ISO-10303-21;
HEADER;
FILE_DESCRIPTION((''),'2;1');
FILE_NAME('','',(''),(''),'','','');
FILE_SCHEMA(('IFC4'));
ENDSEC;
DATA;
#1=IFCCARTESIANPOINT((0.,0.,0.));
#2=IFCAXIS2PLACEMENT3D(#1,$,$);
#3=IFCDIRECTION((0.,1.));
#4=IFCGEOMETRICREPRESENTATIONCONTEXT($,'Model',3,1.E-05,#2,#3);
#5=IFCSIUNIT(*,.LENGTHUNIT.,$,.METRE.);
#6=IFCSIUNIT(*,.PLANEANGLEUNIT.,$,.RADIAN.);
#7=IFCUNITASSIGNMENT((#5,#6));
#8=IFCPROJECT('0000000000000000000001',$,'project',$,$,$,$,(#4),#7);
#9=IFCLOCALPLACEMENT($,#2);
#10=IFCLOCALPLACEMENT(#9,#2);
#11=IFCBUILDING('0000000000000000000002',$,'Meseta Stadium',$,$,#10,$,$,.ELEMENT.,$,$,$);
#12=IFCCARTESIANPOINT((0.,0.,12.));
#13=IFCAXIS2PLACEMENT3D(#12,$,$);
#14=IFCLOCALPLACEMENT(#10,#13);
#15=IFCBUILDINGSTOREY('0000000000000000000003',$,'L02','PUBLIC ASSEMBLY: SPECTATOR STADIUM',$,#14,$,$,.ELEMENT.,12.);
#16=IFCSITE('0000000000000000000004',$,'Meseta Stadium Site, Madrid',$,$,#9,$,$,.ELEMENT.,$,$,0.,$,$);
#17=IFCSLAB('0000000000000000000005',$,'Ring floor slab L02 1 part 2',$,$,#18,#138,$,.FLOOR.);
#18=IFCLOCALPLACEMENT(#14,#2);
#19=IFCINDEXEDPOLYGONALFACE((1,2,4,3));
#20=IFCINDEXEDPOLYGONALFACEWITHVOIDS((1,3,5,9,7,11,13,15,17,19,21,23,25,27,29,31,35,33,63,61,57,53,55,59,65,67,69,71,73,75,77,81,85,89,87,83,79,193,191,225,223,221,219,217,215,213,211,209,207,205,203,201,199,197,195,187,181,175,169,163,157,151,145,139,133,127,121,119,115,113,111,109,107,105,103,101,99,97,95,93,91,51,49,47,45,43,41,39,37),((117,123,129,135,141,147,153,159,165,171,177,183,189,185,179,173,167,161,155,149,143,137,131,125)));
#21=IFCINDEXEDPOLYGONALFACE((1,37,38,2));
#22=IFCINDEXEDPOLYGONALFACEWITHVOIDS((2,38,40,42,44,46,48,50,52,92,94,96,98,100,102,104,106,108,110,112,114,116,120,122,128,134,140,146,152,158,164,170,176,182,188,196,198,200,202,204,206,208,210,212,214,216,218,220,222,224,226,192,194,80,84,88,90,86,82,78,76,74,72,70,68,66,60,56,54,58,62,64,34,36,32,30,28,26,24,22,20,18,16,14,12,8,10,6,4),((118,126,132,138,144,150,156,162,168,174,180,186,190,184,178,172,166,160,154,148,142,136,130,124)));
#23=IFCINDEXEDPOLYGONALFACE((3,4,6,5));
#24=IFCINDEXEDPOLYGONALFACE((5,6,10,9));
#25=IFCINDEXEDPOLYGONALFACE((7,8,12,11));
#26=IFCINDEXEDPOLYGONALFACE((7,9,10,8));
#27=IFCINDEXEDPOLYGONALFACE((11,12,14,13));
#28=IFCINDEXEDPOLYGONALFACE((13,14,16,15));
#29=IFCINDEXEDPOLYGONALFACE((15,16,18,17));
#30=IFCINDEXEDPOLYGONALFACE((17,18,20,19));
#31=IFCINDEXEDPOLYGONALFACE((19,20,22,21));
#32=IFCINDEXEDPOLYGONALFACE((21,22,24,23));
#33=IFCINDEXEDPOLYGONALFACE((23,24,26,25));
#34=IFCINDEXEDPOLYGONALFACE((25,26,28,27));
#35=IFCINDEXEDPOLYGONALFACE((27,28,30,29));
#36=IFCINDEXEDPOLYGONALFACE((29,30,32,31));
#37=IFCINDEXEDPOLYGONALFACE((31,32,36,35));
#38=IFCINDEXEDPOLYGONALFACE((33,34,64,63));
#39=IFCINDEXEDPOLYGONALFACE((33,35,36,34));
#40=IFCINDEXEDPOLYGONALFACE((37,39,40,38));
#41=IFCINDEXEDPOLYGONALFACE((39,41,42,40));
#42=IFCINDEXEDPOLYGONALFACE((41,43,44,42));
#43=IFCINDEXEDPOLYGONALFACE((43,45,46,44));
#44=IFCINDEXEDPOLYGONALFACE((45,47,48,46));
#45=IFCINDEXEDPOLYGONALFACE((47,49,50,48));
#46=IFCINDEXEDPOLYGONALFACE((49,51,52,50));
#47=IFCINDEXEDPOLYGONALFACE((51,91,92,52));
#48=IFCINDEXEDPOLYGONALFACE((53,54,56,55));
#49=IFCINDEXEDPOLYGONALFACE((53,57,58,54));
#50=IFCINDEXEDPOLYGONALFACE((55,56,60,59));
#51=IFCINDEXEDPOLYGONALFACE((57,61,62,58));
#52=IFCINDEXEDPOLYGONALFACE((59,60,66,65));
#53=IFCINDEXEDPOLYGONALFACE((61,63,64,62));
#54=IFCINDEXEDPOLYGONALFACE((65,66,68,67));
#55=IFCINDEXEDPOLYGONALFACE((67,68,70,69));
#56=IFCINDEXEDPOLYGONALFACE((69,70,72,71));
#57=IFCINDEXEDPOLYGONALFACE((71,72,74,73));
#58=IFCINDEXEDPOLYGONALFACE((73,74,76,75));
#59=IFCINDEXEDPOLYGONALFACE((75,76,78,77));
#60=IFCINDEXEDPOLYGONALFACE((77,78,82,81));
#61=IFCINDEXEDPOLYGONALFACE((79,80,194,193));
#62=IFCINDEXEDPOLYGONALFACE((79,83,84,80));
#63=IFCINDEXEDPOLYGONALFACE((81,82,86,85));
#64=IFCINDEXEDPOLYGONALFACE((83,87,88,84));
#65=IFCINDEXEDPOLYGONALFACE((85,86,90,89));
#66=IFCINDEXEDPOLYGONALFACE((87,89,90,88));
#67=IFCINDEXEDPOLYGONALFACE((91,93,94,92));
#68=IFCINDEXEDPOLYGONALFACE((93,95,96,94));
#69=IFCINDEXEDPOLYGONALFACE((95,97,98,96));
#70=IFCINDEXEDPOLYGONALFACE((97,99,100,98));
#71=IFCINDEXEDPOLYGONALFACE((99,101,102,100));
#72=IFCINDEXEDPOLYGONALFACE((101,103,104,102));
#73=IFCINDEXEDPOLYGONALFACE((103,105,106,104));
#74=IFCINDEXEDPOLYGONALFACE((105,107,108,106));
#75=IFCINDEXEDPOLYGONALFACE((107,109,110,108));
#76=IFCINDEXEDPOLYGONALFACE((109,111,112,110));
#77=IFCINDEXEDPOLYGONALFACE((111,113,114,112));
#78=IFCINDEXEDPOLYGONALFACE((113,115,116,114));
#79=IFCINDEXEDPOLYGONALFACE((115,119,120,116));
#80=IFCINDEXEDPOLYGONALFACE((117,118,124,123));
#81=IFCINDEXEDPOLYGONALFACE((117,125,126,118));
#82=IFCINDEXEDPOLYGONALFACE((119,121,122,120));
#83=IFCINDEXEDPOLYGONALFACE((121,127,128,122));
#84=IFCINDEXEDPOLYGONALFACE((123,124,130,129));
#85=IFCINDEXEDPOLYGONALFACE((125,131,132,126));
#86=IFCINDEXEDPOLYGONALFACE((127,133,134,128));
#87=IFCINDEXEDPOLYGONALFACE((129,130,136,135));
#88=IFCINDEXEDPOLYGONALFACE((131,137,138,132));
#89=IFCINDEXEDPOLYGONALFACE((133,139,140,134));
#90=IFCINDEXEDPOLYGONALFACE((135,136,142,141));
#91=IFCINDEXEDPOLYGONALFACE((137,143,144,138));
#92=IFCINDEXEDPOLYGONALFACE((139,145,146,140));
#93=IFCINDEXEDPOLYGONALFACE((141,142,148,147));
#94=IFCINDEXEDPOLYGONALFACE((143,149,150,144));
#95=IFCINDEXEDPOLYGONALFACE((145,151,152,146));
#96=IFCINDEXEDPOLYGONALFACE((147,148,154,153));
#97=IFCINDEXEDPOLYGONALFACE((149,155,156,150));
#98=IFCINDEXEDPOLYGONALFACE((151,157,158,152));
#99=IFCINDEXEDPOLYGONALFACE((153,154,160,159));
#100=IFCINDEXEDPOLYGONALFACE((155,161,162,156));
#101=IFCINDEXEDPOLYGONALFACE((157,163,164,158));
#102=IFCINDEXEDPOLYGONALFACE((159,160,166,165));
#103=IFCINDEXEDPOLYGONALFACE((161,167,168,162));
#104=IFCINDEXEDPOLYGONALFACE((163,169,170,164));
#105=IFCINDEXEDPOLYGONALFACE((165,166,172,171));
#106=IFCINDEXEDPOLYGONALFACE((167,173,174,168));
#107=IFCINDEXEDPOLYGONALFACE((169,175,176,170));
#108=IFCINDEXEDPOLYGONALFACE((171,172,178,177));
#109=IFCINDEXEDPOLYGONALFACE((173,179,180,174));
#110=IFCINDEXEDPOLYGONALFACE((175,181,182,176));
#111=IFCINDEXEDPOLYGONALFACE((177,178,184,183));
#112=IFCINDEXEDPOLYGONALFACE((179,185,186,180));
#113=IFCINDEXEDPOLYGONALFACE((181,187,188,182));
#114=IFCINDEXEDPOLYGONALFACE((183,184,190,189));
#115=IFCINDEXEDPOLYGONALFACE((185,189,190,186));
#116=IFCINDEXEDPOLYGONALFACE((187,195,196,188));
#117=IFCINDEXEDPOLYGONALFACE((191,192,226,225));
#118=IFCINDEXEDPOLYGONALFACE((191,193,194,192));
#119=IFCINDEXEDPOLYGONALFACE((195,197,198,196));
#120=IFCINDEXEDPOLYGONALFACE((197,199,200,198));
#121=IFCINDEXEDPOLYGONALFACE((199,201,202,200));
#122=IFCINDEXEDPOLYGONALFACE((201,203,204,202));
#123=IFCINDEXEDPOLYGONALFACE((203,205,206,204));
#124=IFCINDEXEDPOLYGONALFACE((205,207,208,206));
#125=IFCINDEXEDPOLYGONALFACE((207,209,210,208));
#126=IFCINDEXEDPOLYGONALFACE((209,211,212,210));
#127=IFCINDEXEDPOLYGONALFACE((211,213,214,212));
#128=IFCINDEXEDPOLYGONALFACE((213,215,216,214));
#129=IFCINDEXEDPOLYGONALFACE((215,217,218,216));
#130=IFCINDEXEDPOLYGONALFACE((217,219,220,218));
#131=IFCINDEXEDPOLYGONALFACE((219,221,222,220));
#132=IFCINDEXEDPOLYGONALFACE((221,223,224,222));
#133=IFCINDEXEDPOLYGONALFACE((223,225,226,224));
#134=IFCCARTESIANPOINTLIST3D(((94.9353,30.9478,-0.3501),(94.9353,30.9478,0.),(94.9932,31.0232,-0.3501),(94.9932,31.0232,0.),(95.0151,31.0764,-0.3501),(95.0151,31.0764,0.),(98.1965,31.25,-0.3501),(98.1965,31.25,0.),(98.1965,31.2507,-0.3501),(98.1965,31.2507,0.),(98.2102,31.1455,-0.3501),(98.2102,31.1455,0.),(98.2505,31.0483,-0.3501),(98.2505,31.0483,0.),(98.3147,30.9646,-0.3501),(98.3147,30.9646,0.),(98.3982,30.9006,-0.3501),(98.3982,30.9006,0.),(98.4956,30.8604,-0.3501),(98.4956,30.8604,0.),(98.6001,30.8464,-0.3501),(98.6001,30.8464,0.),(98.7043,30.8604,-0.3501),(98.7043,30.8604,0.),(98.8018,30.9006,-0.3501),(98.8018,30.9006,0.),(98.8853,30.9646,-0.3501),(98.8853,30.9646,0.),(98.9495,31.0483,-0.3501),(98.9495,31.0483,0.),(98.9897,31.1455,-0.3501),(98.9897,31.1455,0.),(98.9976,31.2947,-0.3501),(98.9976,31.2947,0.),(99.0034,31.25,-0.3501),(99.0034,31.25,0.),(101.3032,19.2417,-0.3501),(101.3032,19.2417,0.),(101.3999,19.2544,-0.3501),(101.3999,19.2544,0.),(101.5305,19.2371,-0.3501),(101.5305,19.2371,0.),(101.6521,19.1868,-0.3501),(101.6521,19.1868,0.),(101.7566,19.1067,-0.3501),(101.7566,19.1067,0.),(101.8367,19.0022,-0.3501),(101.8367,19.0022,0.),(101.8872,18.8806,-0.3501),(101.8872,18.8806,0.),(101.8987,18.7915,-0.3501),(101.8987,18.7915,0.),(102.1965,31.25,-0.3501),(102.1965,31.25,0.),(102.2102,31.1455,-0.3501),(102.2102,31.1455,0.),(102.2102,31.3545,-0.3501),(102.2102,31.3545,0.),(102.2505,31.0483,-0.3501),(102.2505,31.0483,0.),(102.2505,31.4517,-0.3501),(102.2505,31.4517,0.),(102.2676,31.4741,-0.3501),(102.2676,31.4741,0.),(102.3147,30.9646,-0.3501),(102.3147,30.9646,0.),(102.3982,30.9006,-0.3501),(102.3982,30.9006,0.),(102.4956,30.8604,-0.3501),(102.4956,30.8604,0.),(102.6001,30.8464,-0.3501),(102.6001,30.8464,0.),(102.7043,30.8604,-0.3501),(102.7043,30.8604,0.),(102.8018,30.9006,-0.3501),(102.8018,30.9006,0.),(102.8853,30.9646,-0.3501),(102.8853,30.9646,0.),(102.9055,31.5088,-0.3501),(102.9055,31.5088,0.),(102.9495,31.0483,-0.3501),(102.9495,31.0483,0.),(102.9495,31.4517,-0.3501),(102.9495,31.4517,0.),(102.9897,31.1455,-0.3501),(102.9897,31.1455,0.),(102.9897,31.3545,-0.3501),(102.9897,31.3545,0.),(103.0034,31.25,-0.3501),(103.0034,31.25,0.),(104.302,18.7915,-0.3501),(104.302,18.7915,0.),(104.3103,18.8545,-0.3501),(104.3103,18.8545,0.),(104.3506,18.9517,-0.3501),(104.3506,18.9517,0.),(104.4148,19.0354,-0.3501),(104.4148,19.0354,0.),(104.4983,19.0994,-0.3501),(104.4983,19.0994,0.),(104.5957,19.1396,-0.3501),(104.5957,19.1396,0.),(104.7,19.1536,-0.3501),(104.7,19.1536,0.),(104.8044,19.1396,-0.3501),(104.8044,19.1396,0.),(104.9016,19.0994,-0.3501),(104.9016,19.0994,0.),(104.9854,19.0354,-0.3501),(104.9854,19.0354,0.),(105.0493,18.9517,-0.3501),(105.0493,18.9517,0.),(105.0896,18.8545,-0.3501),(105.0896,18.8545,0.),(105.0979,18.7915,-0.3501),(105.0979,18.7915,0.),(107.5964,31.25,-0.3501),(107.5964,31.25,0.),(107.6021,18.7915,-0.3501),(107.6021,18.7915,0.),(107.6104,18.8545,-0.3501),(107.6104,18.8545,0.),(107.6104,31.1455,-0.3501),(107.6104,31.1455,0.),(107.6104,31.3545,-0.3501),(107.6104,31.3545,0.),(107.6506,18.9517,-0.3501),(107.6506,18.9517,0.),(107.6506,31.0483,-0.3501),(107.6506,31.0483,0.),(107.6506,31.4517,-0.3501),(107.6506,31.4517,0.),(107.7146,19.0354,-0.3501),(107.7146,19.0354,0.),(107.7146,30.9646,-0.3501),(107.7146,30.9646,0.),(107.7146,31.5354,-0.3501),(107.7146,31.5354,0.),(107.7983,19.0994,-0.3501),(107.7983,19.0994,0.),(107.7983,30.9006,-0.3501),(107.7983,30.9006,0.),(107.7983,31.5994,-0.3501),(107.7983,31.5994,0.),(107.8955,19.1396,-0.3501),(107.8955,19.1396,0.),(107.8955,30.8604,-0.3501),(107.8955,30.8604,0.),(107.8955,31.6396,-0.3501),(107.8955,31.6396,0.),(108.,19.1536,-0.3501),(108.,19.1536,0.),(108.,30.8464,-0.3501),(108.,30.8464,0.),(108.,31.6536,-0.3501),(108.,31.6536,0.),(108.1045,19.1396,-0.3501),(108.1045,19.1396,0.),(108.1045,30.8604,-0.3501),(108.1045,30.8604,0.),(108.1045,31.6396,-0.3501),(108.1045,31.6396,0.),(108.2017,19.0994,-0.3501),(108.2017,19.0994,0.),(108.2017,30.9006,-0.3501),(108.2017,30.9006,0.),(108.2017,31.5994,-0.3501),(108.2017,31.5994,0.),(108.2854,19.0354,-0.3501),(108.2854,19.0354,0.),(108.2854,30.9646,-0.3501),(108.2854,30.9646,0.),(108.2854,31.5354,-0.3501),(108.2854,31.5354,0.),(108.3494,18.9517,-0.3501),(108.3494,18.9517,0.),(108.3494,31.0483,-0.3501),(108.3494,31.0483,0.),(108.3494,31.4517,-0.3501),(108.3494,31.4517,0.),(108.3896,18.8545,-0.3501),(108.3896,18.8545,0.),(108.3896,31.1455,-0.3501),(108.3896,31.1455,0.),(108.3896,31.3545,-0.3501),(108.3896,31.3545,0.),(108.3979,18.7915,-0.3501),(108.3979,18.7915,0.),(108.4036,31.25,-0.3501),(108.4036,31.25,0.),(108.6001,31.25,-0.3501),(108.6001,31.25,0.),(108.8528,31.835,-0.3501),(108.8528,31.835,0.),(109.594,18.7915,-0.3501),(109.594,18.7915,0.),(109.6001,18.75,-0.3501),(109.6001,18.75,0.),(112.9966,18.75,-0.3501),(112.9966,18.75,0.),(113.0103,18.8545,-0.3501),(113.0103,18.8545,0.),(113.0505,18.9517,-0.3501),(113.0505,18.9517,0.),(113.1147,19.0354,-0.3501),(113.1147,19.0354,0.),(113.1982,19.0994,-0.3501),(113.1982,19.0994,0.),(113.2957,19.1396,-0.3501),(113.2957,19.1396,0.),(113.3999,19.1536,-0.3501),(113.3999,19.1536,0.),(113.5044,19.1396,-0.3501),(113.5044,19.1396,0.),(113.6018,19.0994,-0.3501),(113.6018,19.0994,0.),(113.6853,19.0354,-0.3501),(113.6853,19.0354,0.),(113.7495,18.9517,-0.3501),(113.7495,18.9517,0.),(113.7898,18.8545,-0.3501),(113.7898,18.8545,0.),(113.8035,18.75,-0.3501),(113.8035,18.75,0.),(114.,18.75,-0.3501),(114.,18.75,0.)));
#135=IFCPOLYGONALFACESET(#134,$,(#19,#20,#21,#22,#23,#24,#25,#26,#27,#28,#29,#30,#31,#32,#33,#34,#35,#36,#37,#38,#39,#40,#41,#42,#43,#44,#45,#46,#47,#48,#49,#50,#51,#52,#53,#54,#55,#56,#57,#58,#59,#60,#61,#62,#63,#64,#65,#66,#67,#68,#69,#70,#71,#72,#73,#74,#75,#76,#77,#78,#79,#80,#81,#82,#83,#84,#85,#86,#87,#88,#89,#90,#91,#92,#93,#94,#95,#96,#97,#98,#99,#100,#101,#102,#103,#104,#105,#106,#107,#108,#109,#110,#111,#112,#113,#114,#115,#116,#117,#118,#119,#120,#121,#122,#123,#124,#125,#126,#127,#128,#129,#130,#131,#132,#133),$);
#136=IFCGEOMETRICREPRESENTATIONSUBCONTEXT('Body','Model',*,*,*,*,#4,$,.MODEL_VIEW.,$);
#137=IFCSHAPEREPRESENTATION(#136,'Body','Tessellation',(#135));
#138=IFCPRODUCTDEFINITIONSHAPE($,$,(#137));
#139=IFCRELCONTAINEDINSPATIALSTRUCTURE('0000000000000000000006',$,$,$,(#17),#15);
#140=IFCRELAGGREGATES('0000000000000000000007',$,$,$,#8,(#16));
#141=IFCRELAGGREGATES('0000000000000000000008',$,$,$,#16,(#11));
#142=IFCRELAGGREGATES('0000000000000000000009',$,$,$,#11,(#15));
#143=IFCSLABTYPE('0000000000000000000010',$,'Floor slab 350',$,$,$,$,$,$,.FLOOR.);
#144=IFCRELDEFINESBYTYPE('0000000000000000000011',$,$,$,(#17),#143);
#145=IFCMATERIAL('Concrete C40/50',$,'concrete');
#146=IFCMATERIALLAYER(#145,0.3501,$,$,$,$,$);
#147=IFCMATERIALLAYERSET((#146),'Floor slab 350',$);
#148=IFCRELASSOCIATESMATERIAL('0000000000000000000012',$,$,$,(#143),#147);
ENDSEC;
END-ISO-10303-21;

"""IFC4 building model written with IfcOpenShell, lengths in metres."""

from ifc_helpers import new_model, si_unit, direction, frame, origin, place, context, subcontext, project, spatial, polyline, outline, extrude, material, layer, layer_set, type_object, element, save


model = new_model("IFC4")

# Units and contexts
model_context = context("Model", 3, precision=1e-05, world=origin(), true_north=direction((0.0, 1.0)))
body_context = subcontext(model_context, "Body", "Model", "MODEL_VIEW")
ifc_project = project(units=[si_unit("LENGTHUNIT", "METRE"), si_unit("PLANEANGLEUNIT", "RADIAN")], contexts=[model_context])

# Site, building, storey
site_placement = place(None, origin())
site = spatial("IfcSite", under=ifc_project, at=site_placement, Name="Meseta Stadium Site, Madrid", CompositionType="ELEMENT", RefElevation=0.0)
building_placement = place(site_placement, origin())
building = spatial("IfcBuilding", under=site, at=building_placement, Name="Meseta Stadium", CompositionType="ELEMENT")
storey_placement = place(building_placement, frame((0.0, 0.0, 12.0)))
storey = spatial("IfcBuildingStorey", under=building, at=storey_placement, Name="L02", Description="PUBLIC ASSEMBLY: SPECTATOR STADIUM", CompositionType="ELEMENT", Elevation=12.0)

# Slab
ifc_material_1 = material(Name="Concrete C40/50", Category="concrete")
ifc_layer_1 = layer(ifc_material_1, 0.3501)
ifc_layer_set_1 = layer_set([ifc_layer_1], Name="Floor slab 350")
slab_type_1 = type_object("IfcSlabType", Name="Floor slab 350", PredefinedType="FLOOR", material=ifc_layer_set_1)
slab_1_placement = place(storey_placement, frame((0.0, 0.0, -0.3501)))
element("IfcSlab", 1, at=slab_1_placement, inside=storey, type_object=slab_type_1, Name="Ring floor slab L02 1 part 2", PredefinedType="FLOOR", context=body_context, shape_type="SweptSolid", body=[
    extrude(outline(polyline([(101.8872, 18.8806), (101.8987, 18.7915), (104.302, 18.7915), (104.3103, 18.8545), (104.3506, 18.9517), (104.4148, 19.0354), (104.4983, 19.0994), (104.5957, 19.1396), (104.7, 19.1536), (104.8044, 19.1396), (104.9016, 19.0994), (104.9854, 19.0354), (105.0493, 18.9517), (105.0896, 18.8545), (105.0979, 18.7915), (107.6021, 18.7915), (107.6104, 18.8545), (107.6506, 18.9517), (107.7146, 19.0354), (107.7983, 19.0994), (107.8955, 19.1396), (108.0, 19.1536), (108.1045, 19.1396), (108.2017, 19.0994), (108.2854, 19.0354), (108.3494, 18.9517), (108.3896, 18.8545), (108.3979, 18.7915), (109.594, 18.7915), (109.6001, 18.75), (112.9966, 18.75), (113.0103, 18.8545), (113.0505, 18.9517), (113.1147, 19.0354), (113.1982, 19.0994), (113.2957, 19.1396), (113.3999, 19.1536), (113.5044, 19.1396), (113.6018, 19.0994), (113.6853, 19.0354), (113.7495, 18.9517), (113.7898, 18.8545), (113.8035, 18.75), (114.0, 18.75), (108.6001, 31.25), (108.8528, 31.835), (102.9055, 31.5088), (102.9495, 31.4517), (102.9897, 31.3545), (103.0034, 31.25), (102.9897, 31.1455), (102.9495, 31.0483), (102.8853, 30.9646), (102.8018, 30.9006), (102.7043, 30.8604), (102.6001, 30.8464), (102.4956, 30.8604), (102.3982, 30.9006), (102.3147, 30.9646), (102.2505, 31.0483), (102.2102, 31.1455), (102.1965, 31.25), (102.2102, 31.3545), (102.2505, 31.4517), (102.2676, 31.4741), (98.9976, 31.2947), (99.0034, 31.25), (98.9897, 31.1455), (98.9495, 31.0483), (98.8853, 30.9646), (98.8018, 30.9006), (98.7043, 30.8604), (98.6001, 30.8464), (98.4956, 30.8604), (98.3982, 30.9006), (98.3147, 30.9646), (98.2505, 31.0483), (98.2102, 31.1455), (98.1965, 31.25), (98.1965, 31.2507), (95.0151, 31.0764), (94.9932, 31.0232), (94.9353, 30.9478), (101.3032, 19.2417), (101.3999, 19.2544), (101.5305, 19.2371), (101.6521, 19.1868), (101.7566, 19.1067), (101.8367, 19.0022), (101.8872, 18.8806)]), holes=[polyline([(108.0, 30.8464), (107.8955, 30.8604), (107.7983, 30.9006), (107.7146, 30.9646), (107.6506, 31.0483), (107.6104, 31.1455), (107.5964, 31.25), (107.6104, 31.3545), (107.6506, 31.4517), (107.7146, 31.5354), (107.7983, 31.5994), (107.8955, 31.6396), (108.0, 31.6536), (108.1045, 31.6396), (108.2017, 31.5994), (108.2854, 31.5354), (108.3494, 31.4517), (108.3896, 31.3545), (108.4036, 31.25), (108.3896, 31.1455), (108.3494, 31.0483), (108.2854, 30.9646), (108.2017, 30.9006), (108.1045, 30.8604), (108.0, 30.8464)])]), origin(), (0.0, 0.0, 1.0), 0.3501),
])

save(model, "model.ifc")
